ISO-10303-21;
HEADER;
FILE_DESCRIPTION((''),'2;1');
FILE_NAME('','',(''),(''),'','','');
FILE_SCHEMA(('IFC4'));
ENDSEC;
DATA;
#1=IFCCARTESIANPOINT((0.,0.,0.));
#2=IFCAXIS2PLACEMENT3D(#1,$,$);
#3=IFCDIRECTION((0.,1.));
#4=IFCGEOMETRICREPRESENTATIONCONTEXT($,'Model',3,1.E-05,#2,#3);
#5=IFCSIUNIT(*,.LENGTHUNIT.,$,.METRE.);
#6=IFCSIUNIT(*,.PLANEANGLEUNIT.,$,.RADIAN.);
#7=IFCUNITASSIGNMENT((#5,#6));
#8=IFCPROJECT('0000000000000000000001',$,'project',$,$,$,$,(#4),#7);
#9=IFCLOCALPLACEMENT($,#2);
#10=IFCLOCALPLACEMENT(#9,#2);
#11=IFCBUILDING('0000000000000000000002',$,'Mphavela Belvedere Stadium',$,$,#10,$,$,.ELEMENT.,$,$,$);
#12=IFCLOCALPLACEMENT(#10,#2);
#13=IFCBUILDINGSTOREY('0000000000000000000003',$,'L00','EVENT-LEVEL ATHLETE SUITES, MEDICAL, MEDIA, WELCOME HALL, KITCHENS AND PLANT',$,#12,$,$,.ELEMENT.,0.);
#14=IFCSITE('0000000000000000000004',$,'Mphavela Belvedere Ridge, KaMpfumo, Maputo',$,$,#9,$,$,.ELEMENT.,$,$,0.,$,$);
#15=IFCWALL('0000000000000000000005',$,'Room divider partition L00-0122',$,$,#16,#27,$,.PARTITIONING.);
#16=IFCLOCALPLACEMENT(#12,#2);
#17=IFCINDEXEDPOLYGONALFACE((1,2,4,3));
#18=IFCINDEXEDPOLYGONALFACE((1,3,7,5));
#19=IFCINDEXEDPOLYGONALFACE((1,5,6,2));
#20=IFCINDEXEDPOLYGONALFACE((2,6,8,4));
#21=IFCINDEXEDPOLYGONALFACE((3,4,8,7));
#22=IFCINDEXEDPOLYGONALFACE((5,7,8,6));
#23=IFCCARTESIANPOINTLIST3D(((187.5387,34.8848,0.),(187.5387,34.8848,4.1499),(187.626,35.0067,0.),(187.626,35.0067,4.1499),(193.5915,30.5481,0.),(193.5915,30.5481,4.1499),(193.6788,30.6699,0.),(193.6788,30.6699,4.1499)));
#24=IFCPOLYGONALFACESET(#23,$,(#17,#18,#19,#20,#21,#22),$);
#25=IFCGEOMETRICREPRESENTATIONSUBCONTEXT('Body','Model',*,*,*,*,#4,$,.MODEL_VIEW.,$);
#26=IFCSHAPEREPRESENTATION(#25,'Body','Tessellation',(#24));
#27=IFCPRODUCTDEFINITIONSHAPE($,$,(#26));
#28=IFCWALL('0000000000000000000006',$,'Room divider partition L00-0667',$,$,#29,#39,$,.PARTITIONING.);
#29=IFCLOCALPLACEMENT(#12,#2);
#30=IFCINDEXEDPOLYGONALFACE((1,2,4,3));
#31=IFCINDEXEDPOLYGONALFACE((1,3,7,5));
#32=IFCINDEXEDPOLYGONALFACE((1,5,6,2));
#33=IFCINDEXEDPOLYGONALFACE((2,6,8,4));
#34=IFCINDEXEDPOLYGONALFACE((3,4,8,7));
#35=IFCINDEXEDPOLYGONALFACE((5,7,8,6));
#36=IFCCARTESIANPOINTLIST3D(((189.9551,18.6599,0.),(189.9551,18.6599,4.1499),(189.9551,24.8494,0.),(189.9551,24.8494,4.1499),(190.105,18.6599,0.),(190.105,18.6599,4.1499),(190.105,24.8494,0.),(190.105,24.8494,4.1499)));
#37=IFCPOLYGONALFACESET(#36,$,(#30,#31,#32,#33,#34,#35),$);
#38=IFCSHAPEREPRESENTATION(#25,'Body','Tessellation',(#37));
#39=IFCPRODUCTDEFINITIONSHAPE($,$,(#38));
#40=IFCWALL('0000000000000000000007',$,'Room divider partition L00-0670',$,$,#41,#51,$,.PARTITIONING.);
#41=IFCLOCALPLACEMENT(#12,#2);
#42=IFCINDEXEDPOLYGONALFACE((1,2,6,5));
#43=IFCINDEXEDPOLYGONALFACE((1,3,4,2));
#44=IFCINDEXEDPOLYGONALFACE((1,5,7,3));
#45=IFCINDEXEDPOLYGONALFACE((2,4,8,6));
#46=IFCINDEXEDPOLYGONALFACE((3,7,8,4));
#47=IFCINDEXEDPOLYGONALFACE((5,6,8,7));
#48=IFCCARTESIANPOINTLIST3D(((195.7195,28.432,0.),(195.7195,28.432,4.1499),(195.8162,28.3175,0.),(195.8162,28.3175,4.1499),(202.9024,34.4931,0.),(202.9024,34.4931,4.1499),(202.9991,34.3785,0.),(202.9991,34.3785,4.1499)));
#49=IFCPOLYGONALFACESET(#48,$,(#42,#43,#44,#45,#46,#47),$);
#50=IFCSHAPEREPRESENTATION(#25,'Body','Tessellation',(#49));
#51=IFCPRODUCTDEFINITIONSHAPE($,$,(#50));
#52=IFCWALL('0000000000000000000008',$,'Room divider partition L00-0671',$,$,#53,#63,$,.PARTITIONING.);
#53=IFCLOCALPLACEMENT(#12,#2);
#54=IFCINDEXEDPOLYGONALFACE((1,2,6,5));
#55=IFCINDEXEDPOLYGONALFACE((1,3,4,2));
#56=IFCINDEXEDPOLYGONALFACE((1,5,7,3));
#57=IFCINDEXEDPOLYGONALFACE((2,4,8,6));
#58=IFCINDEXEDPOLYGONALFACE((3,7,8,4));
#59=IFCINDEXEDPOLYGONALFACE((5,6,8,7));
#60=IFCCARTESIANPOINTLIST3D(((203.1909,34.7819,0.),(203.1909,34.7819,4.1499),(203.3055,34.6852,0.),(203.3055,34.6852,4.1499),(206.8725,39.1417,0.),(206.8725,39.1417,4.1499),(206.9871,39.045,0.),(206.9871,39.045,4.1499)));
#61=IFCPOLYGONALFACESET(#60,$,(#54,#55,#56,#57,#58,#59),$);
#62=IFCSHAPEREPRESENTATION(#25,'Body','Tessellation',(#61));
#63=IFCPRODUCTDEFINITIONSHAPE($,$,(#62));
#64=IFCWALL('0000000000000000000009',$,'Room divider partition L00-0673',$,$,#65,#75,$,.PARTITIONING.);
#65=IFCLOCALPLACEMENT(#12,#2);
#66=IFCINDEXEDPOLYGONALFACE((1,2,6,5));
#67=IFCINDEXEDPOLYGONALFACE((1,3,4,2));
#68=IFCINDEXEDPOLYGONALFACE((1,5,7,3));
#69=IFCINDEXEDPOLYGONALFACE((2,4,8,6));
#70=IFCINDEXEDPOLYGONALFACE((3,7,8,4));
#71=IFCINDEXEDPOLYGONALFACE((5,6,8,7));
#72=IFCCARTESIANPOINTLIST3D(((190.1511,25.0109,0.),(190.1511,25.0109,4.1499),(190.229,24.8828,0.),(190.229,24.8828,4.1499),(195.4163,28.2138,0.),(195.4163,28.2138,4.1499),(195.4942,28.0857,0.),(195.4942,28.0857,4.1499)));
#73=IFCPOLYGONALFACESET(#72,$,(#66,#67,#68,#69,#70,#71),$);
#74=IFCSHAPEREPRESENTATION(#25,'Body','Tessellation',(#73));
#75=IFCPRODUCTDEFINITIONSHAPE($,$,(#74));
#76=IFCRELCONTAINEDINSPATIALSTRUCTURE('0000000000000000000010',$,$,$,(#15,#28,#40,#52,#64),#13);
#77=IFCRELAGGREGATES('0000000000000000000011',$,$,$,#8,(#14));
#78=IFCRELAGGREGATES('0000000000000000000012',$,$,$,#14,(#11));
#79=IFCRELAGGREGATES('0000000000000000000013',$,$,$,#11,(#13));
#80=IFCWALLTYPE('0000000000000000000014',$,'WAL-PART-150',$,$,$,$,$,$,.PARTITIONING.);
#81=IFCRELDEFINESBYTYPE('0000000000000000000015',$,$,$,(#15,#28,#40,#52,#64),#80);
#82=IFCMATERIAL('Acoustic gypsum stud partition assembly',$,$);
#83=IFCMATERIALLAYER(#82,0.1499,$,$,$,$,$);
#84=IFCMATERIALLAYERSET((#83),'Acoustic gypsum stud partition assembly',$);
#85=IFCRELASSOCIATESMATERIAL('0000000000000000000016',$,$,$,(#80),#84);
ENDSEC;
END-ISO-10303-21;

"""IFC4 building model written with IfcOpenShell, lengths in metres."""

from ifc_helpers import new_model, si_unit, direction, frame, frame_2d, origin, place, context, subcontext, project, spatial, rectangle, extrude, material, layer, layer_set, type_object, element, save


model = new_model("IFC4")

# Units and contexts
model_context = context("Model", 3, precision=1e-05, world=origin(), true_north=direction((0.0, 1.0)))
body_context = subcontext(model_context, "Body", "Model", "MODEL_VIEW")
ifc_project = project(units=[si_unit("LENGTHUNIT", "METRE"), si_unit("PLANEANGLEUNIT", "RADIAN")], contexts=[model_context])

# Site, building, storey
site_placement = place(None, origin())
site = spatial("IfcSite", under=ifc_project, at=site_placement, Name="Mphavela Belvedere Ridge, KaMpfumo, Maputo", CompositionType="ELEMENT", RefElevation=0.0)
building_placement = place(site_placement, origin())
building = spatial("IfcBuilding", under=site, at=building_placement, Name="Mphavela Belvedere Stadium", CompositionType="ELEMENT")
storey_placement = place(building_placement, origin())
storey = spatial("IfcBuildingStorey", under=building, at=storey_placement, Name="L00", Description="EVENT-LEVEL ATHLETE SUITES, MEDICAL, MEDIA, WELCOME HALL, KITCHENS AND PLANT", CompositionType="ELEMENT", Elevation=0.0)

# Walls
ifc_material_1 = material(Name="Acoustic gypsum stud partition assembly")
ifc_layer_1 = layer(ifc_material_1, 0.1499)
ifc_layer_set_1 = layer_set([ifc_layer_1], Name="Acoustic gypsum stud partition assembly")
wall_type_1 = type_object("IfcWallType", Name="WAL-PART-150", PredefinedType="PARTITIONING", material=ifc_layer_set_1)
wall_1_placement = place(storey_placement, frame((187.5823, 34.9458, 0.0), z_axis=(0.0, 0.0, 1.0), x_axis=(0.812889, -0.582419, 0.0)))
element("IfcWall", 1, at=wall_1_placement, inside=storey, type_object=wall_type_1, Name="Room divider partition L00-0122", PredefinedType="PARTITIONING", context=body_context, shape_type="SweptSolid", body=[
    extrude(rectangle(XDim=7.446, YDim=0.1499, at=frame_2d((3.7231, 0.0))), origin(), (0.0, 0.0, 1.0), 4.1499),
])
wall_2_placement = place(storey_placement, frame((190.03, 24.8494, 0.0), z_axis=(0.0, 0.0, 1.0), x_axis=(0.0, -1.0, 0.0)))
element("IfcWall", 2, at=wall_2_placement, inside=storey, type_object=wall_type_1, Name="Room divider partition L00-0667", PredefinedType="PARTITIONING", context=body_context, shape_type="SweptSolid", body=[
    extrude(rectangle(XDim=6.1895, YDim=0.1499, at=frame_2d((3.0947, 0.0))), origin(), (0.0, 0.0, 1.0), 4.1499),
])
wall_3_placement = place(storey_placement, frame((195.7678, 28.3748, 0.0), z_axis=(0.0, 0.0, 1.0), x_axis=(0.764265, 0.644902, 0.0)))
element("IfcWall", 3, at=wall_3_placement, inside=storey, type_object=wall_type_1, Name="Room divider partition L00-0670", PredefinedType="PARTITIONING", context=body_context, shape_type="SweptSolid", body=[
    extrude(rectangle(XDim=9.3984, YDim=0.1499, at=frame_2d((4.6992, 0.0))), origin(), (0.0, 0.0, 1.0), 4.1499),
])
wall_4_placement = place(storey_placement, frame((203.2483, 34.7336, 0.0), z_axis=(0.0, 0.0, 1.0), x_axis=(0.645179, 0.764032, 0.0)))
element("IfcWall", 4, at=wall_4_placement, inside=storey, type_object=wall_type_1, Name="Room divider partition L00-0671", PredefinedType="PARTITIONING", context=body_context, shape_type="SweptSolid", body=[
    extrude(rectangle(XDim=5.7063, YDim=0.1499, at=frame_2d((2.853, 0.0))), origin(), (0.0, 0.0, 1.0), 4.1499),
])
wall_5_placement = place(storey_placement, frame((190.1899, 24.9468, 0.0), z_axis=(0.0, 0.0, 1.0), x_axis=(0.854342, 0.519712, 0.0)))
element("IfcWall", 5, at=wall_5_placement, inside=storey, type_object=wall_type_1, Name="Room divider partition L00-0673", PredefinedType="PARTITIONING", context=body_context, shape_type="SweptSolid", body=[
    extrude(rectangle(XDim=6.1628, YDim=0.1499, at=frame_2d((3.0815, 0.0))), origin(), (0.0, 0.0, 1.0), 4.1499),
])

save(model, "model.ifc")
